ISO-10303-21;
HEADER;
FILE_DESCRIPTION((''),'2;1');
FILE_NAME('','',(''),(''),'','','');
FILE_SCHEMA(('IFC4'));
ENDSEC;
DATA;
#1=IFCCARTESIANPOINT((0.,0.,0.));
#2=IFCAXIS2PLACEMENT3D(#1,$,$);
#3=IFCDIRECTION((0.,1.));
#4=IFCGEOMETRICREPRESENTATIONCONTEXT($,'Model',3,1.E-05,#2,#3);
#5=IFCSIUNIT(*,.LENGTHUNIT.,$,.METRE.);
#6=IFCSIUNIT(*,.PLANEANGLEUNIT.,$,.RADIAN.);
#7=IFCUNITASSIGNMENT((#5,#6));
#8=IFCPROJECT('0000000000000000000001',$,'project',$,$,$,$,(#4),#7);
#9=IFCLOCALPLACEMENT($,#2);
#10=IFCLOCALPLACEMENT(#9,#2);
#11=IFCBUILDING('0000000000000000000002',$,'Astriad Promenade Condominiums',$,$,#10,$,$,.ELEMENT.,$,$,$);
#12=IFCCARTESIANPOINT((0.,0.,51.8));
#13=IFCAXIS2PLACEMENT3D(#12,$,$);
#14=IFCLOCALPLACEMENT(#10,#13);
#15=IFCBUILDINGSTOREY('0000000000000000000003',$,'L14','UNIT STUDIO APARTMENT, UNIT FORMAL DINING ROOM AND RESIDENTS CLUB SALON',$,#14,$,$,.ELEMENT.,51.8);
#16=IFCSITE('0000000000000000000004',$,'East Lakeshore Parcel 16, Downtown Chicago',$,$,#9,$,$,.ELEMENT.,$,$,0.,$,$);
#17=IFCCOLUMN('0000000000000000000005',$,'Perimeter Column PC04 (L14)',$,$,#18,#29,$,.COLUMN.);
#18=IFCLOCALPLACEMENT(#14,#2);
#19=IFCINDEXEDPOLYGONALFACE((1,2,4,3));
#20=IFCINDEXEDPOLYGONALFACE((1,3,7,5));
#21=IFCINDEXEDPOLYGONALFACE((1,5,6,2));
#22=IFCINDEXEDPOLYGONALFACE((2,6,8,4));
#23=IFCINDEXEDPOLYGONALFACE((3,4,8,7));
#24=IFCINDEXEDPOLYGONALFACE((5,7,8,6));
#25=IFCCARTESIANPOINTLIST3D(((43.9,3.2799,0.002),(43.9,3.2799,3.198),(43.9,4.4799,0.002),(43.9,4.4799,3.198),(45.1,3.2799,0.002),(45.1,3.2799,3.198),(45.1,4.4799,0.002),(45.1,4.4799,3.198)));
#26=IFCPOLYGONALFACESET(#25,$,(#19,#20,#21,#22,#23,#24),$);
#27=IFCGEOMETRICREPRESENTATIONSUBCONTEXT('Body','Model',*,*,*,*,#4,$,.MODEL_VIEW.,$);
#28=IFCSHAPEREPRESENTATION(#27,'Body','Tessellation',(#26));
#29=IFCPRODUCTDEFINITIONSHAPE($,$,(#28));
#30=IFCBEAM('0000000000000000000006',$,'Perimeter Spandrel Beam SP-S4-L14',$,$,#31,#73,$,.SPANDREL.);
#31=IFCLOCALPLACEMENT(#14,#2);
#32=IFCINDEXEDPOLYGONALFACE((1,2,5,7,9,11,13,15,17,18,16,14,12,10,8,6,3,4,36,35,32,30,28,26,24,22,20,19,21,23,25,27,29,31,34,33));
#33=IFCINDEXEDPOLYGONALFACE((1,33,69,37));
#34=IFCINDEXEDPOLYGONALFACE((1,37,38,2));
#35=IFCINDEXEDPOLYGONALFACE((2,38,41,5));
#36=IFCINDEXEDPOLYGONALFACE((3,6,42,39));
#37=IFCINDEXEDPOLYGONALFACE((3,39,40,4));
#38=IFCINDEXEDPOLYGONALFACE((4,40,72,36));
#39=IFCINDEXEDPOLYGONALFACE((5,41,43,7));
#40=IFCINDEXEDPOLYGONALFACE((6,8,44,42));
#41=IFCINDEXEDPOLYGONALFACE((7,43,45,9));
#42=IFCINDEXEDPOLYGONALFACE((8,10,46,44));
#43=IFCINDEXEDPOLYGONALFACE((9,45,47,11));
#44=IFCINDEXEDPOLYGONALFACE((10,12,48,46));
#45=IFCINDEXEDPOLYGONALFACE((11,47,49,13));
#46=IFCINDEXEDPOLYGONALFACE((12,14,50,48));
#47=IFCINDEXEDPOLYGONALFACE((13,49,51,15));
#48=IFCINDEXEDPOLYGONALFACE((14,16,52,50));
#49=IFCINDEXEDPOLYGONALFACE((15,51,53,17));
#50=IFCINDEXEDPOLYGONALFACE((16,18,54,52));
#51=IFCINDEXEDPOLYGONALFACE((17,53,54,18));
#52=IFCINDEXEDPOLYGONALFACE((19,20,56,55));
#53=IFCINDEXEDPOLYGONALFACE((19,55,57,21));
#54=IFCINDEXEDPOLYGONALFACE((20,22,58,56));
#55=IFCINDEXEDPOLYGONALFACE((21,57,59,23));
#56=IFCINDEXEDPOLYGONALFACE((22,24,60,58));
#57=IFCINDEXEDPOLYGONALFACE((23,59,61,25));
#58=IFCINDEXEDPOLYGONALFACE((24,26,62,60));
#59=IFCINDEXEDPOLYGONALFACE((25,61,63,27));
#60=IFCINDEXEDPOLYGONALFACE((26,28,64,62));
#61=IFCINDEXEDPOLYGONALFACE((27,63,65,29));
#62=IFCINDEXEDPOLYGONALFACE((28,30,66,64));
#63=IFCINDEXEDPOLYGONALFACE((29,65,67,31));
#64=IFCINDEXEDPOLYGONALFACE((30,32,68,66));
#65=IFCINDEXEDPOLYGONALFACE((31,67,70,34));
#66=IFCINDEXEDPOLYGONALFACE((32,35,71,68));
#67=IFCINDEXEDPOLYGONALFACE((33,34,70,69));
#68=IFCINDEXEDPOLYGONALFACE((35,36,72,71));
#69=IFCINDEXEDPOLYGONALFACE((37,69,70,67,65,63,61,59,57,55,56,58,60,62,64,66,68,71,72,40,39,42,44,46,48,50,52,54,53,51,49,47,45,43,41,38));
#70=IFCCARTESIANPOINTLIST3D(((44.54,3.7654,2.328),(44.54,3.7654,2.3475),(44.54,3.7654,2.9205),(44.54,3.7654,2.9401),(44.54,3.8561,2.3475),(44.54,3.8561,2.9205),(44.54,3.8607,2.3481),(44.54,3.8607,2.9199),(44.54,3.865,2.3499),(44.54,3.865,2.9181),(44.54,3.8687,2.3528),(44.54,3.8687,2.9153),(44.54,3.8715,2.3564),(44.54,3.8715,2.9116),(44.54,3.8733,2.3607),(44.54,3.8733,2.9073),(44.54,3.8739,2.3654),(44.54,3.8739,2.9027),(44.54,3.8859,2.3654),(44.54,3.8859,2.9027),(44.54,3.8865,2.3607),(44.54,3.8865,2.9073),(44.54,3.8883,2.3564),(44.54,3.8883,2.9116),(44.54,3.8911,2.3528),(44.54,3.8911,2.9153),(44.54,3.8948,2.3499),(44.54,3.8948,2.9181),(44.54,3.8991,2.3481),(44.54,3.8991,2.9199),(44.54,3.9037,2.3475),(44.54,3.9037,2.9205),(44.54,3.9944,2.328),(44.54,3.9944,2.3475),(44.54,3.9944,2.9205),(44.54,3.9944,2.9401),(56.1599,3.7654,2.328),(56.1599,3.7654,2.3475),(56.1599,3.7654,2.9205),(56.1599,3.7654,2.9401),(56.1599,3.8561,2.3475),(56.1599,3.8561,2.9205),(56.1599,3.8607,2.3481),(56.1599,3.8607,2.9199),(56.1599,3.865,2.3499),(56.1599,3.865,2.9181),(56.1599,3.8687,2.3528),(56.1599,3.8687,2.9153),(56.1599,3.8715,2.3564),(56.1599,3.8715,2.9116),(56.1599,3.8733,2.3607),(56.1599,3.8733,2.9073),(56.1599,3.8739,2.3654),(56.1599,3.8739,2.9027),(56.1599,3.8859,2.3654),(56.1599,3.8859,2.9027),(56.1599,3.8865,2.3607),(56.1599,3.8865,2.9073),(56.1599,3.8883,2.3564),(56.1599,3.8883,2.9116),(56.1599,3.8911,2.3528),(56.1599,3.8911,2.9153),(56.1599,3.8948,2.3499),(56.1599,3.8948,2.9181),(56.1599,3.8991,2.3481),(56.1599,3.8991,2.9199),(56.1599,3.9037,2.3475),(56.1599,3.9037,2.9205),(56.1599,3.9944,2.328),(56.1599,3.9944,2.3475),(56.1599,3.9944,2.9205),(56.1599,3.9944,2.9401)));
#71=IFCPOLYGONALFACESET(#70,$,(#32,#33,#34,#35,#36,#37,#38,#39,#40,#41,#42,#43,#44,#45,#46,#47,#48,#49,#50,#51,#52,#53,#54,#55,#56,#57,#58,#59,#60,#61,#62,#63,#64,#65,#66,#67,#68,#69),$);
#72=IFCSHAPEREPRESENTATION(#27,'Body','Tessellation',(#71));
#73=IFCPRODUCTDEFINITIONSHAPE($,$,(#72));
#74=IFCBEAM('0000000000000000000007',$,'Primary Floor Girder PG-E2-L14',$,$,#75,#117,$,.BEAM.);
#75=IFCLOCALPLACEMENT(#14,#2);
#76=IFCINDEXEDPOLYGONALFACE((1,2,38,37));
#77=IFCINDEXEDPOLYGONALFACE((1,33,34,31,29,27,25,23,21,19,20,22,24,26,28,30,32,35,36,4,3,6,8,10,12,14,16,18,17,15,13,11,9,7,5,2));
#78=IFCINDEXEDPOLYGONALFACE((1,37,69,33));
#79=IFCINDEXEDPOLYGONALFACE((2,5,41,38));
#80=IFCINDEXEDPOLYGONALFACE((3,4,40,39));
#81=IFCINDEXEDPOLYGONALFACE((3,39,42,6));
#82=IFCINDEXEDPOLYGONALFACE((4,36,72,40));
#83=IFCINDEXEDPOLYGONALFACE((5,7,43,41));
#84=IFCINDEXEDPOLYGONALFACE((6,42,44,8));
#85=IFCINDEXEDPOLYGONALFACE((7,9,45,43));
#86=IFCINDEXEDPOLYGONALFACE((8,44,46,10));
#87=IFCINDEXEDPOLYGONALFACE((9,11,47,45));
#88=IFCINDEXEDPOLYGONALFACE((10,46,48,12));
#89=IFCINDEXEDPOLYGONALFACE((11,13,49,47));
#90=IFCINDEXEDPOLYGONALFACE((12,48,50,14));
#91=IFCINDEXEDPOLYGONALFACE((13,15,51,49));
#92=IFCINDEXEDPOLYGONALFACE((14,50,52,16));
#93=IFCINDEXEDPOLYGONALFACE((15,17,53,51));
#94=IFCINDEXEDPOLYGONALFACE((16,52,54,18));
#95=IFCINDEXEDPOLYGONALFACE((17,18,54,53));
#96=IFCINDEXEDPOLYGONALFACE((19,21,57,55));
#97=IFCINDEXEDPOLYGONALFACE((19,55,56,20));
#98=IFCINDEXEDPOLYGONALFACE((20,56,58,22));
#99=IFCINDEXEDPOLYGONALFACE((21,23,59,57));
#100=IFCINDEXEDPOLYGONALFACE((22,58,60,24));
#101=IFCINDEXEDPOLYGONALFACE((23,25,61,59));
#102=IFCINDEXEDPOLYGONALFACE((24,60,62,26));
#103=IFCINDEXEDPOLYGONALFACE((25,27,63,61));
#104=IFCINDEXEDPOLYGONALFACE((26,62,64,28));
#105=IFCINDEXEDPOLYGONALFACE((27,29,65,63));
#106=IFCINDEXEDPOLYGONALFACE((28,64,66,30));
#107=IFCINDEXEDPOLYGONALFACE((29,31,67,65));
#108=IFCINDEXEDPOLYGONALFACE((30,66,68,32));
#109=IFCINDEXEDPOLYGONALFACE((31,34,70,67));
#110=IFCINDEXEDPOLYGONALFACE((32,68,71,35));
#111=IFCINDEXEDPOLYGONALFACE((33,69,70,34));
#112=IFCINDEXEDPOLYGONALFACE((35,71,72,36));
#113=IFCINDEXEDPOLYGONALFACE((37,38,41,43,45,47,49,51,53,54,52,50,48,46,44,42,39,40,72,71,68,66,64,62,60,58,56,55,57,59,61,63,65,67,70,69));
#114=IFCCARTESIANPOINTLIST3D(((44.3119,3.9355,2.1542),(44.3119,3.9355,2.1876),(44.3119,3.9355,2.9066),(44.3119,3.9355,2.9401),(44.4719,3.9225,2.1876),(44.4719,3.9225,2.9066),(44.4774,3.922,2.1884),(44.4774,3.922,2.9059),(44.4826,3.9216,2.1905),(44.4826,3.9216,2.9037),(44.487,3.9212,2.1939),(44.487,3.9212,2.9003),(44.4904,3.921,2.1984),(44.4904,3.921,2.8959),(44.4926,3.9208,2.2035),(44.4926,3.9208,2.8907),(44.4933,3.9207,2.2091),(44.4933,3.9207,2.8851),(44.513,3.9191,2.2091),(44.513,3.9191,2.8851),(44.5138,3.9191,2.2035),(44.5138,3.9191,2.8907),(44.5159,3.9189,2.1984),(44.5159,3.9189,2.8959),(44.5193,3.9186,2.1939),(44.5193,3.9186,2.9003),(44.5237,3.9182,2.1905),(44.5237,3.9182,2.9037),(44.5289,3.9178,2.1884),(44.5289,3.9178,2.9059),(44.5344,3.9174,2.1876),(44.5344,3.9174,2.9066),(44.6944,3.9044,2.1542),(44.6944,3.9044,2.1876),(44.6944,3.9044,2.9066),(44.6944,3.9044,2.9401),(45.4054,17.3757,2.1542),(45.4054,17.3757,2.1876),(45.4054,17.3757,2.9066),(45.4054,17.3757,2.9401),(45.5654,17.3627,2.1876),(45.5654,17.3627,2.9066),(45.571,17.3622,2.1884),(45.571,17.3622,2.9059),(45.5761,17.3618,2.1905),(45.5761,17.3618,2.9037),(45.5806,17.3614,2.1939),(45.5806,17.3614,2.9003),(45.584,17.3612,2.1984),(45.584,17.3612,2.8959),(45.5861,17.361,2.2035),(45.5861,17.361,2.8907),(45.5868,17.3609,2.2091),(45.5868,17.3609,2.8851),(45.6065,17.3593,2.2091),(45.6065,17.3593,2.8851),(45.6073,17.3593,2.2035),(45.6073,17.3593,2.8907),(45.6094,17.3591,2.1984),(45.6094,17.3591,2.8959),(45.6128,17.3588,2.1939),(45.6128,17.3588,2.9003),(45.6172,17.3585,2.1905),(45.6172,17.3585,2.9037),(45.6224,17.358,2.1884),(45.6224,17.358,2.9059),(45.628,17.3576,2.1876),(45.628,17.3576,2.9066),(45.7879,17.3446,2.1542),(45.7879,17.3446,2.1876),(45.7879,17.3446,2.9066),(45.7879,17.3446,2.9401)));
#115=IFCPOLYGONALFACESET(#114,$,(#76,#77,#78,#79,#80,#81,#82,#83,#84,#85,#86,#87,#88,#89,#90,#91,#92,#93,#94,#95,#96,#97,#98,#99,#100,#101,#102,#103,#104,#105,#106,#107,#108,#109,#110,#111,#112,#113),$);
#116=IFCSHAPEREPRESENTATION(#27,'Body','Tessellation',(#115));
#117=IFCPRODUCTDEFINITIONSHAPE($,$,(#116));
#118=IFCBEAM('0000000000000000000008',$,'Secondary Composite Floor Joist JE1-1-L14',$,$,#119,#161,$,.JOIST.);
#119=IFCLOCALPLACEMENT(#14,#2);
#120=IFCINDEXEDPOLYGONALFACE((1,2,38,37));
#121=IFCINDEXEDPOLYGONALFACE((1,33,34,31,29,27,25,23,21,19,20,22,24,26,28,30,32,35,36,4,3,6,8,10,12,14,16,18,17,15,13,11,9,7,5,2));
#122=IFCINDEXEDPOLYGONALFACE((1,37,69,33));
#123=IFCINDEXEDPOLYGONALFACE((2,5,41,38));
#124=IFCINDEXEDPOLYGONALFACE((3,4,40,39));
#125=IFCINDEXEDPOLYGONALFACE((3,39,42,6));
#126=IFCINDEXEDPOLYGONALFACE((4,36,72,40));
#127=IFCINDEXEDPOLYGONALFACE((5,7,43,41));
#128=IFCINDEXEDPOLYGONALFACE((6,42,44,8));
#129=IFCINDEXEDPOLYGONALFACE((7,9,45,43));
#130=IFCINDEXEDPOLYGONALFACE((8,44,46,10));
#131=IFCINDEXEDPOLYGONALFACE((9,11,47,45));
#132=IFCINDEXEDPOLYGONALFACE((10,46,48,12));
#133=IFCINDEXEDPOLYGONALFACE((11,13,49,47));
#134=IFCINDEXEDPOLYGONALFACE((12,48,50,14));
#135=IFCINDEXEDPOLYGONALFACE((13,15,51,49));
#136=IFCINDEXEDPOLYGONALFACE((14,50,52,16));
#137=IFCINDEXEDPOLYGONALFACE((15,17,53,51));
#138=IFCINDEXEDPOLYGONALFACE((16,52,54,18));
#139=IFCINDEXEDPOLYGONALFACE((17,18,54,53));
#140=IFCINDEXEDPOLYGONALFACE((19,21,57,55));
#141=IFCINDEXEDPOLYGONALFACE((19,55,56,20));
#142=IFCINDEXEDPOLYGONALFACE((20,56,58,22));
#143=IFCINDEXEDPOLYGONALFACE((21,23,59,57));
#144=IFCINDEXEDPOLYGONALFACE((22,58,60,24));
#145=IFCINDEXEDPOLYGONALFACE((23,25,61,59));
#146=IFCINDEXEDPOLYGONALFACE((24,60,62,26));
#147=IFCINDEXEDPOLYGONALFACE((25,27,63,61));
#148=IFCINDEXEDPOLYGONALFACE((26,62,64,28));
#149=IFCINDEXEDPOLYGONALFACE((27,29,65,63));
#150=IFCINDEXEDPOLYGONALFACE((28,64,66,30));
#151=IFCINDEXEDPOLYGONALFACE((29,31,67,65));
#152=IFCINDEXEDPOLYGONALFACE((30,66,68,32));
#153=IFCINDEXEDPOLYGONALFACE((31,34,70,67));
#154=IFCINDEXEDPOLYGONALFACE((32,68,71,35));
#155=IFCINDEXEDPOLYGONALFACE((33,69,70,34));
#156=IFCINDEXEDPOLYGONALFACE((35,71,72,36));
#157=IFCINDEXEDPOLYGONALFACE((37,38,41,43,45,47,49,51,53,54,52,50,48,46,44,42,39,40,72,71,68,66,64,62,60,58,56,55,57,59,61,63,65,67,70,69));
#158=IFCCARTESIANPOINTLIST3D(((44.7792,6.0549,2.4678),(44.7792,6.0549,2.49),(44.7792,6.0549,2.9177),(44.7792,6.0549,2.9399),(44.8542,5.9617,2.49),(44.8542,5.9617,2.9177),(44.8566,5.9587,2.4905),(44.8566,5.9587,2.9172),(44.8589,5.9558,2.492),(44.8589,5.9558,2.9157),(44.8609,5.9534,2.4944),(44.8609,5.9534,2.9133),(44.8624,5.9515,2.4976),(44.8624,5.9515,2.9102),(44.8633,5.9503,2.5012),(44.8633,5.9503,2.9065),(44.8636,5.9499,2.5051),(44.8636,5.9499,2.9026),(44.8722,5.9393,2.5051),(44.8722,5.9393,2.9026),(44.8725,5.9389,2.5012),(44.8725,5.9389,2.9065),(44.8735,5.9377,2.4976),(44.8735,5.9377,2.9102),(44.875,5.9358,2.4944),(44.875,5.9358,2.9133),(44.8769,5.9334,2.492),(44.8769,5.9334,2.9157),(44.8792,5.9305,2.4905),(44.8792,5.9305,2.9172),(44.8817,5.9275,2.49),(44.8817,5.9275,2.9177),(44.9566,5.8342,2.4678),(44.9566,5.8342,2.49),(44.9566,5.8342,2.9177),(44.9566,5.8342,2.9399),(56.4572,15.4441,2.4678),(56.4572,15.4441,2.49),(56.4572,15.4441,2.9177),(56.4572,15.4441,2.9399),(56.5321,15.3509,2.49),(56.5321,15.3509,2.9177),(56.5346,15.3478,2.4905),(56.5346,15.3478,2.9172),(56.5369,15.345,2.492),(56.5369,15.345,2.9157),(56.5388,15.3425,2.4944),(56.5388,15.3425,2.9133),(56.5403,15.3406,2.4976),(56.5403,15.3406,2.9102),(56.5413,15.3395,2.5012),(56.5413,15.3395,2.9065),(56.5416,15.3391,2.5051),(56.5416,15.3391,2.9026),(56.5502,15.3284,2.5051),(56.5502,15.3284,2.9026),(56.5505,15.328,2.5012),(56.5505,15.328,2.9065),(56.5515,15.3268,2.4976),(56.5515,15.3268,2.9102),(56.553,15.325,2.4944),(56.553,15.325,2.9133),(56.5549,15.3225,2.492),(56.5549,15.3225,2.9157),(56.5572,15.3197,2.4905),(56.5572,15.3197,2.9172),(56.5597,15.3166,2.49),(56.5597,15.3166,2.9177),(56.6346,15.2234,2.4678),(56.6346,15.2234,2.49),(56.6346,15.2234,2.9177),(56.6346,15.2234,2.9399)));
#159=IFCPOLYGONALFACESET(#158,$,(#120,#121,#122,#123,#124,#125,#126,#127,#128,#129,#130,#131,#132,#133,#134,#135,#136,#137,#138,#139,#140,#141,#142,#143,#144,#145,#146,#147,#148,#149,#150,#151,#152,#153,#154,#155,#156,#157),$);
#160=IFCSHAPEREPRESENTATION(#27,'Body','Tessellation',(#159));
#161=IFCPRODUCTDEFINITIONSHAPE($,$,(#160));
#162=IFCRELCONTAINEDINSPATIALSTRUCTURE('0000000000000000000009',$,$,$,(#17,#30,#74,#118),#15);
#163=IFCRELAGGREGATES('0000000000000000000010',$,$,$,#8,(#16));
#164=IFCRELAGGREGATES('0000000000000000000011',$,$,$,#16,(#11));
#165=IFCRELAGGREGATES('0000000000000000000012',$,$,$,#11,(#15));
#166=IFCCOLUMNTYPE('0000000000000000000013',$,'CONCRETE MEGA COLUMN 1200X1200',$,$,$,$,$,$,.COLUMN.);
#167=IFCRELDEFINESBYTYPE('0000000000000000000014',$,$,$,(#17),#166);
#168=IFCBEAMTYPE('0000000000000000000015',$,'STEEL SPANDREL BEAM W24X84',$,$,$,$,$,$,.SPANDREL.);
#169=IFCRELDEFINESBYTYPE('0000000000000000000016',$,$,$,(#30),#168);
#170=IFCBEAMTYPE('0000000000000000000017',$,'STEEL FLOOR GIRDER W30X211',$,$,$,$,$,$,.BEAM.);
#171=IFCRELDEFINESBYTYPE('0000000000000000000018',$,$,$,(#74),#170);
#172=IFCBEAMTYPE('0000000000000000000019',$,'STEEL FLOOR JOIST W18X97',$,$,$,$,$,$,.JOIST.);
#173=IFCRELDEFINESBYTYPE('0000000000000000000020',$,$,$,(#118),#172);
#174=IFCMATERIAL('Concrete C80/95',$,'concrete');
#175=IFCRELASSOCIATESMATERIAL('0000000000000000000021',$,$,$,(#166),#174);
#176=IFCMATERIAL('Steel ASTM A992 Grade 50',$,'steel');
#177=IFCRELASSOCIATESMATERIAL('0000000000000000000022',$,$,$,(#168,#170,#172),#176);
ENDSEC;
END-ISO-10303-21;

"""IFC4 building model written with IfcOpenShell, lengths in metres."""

from ifc_helpers import new_model, si_unit, direction, frame, origin, origin_2d, place, context, subcontext, project, spatial, rectangle, i_section, extrude, source, transform, mapped, material, material_profile, profile_set, type_object, type_shapes, element, save


model = new_model("IFC4")

# Units and contexts
model_context = context("Model", 3, precision=1e-05, world=origin(), true_north=direction((0.0, 1.0)))
body_context = subcontext(model_context, "Body", "Model", "MODEL_VIEW")
ifc_project = project(units=[si_unit("LENGTHUNIT", "METRE"), si_unit("PLANEANGLEUNIT", "RADIAN")], contexts=[model_context])

# Site, building, storey
site_placement = place(None, origin())
site = spatial("IfcSite", under=ifc_project, at=site_placement, Name="East Lakeshore Parcel 16, Downtown Chicago", CompositionType="ELEMENT", RefElevation=0.0)
building_placement = place(site_placement, origin())
building = spatial("IfcBuilding", under=site, at=building_placement, Name="Astriad Promenade Condominiums", CompositionType="ELEMENT")
storey_placement = place(building_placement, frame((0.0, 0.0, 51.8)))
storey = spatial("IfcBuildingStorey", under=building, at=storey_placement, Name="L14", Description="UNIT STUDIO APARTMENT, UNIT FORMAL DINING ROOM AND RESIDENTS CLUB SALON", CompositionType="ELEMENT", Elevation=51.8)

# Column
ifc_material_1 = material(Name="Concrete C80/95", Category="concrete")
ifc_material_profile_1 = material_profile(ifc_material_1, rectangle(XDim=1.2, YDim=1.2, at=origin_2d()), Name="RC-COL-1200X1200")
ifc_profile_set_1 = profile_set([ifc_material_profile_1], Name="Concrete C80/95")
column_type = type_object("IfcColumnType", Name="CONCRETE MEGA COLUMN 1200X1200", PredefinedType="COLUMN", material=ifc_profile_set_1)
shared_shape_1 = source(origin(), body_context, "Body", "SweptSolid", [
    extrude(rectangle(XDim=1.2, YDim=1.2, at=origin_2d()), origin(), (0.0, 0.0, 1.0), 3.196),
])
type_shapes(column_type, [shared_shape_1])
column_placement = place(storey_placement, frame((44.5, 3.8799, 0.002), z_axis=(0.0, 0.0, 1.0), x_axis=(1.0, 0.0, 0.0)))
element("IfcColumn", 1, at=column_placement, inside=storey, type_object=column_type, Name="Perimeter Column PC04 (L14)", PredefinedType="COLUMN", context=body_context, shape_type="MappedRepresentation", body=[
    mapped(shared_shape_1, transform((0.0, 0.0, 0.0), scale=1.0)),
])

# Beams
ifc_material_2 = material(Name="Steel ASTM A992 Grade 50", Category="steel")
ifc_material_profile_2 = material_profile(ifc_material_2, i_section(OverallWidth=0.229, OverallDepth=0.6121, WebThickness=0.012, FlangeThickness=0.0195, FilletRadius=0.0178, at=origin_2d()), Name="W24X84")
ifc_profile_set_2 = profile_set([ifc_material_profile_2], Name="Steel ASTM A992 Grade 50")
beam_type_1 = type_object("IfcBeamType", Name="STEEL SPANDREL BEAM W24X84", PredefinedType="SPANDREL", material=ifc_profile_set_2)
shared_shape_2 = source(origin(), body_context, "Body", "SweptSolid", [
    extrude(i_section(OverallWidth=0.229, OverallDepth=0.6121, WebThickness=0.012, FlangeThickness=0.0195, FilletRadius=0.0178, at=origin_2d()), origin(), (0.0, 0.0, 1.0), 11.6199),
])
type_shapes(beam_type_1, [shared_shape_2])
beam_1_placement = place(storey_placement, frame((44.54, 3.8799, 2.634), z_axis=(1.0, 0.0, 0.0), x_axis=(0.0, 1.0, 0.0)))
element("IfcBeam", 2, at=beam_1_placement, inside=storey, type_object=beam_type_1, Name="Perimeter Spandrel Beam SP-S4-L14", PredefinedType="SPANDREL", context=body_context, shape_type="MappedRepresentation", body=[
    mapped(shared_shape_2, transform((0.0, 0.0, 0.0), scale=1.0)),
])
ifc_material_profile_3 = material_profile(ifc_material_2, i_section(OverallWidth=0.3838, OverallDepth=0.7859, WebThickness=0.0198, FlangeThickness=0.0334, FilletRadius=0.0215, at=origin_2d()), Name="W30X211")
ifc_profile_set_3 = profile_set([ifc_material_profile_3], Name="Steel ASTM A992 Grade 50")
beam_type_2 = type_object("IfcBeamType", Name="STEEL FLOOR GIRDER W30X211", PredefinedType="BEAM", material=ifc_profile_set_3)
shared_shape_3 = source(origin(), body_context, "Body", "SweptSolid", [
    extrude(i_section(OverallWidth=0.3838, OverallDepth=0.7859, WebThickness=0.0198, FlangeThickness=0.0334, FilletRadius=0.0215, at=origin_2d()), origin(), (0.0, 0.0, 1.0), 13.4846),
])
type_shapes(beam_type_2, [shared_shape_3])
beam_2_placement = place(storey_placement, frame((44.5032, 3.9199, 2.5471), z_axis=(0.081093, 0.996707, 0.0), x_axis=(-0.996707, 0.081093, 0.0)))
element("IfcBeam", 3, at=beam_2_placement, inside=storey, type_object=beam_type_2, Name="Primary Floor Girder PG-E2-L14", PredefinedType="BEAM", context=body_context, shape_type="MappedRepresentation", body=[
    mapped(shared_shape_3, transform((0.0, 0.0, 0.0), scale=1.0)),
])
ifc_material_profile_4 = material_profile(ifc_material_2, i_section(OverallWidth=0.2832, OverallDepth=0.4722, WebThickness=0.0137, FlangeThickness=0.0222, FilletRadius=0.0151, at=origin_2d()), Name="W18X97")
ifc_profile_set_4 = profile_set([ifc_material_profile_4], Name="Steel ASTM A992 Grade 50")
beam_type_3 = type_object("IfcBeamType", Name="STEEL FLOOR JOIST W18X97", PredefinedType="JOIST", material=ifc_profile_set_4)
shared_shape_4 = source(origin(), body_context, "Body", "SweptSolid", [
    extrude(i_section(OverallWidth=0.2832, OverallDepth=0.4722, WebThickness=0.0137, FlangeThickness=0.0222, FilletRadius=0.0151, at=origin_2d()), origin(), (0.0, 0.0, 1.0), 14.9844),
])
beam_3_placement = place(storey_placement, frame((44.8679, 5.9446, 2.7039), z_axis=(0.779344, 0.626597, 0.0), x_axis=(-0.626597, 0.779344, 0.0)))
element("IfcBeam", 4, at=beam_3_placement, inside=storey, type_object=beam_type_3, Name="Secondary Composite Floor Joist JE1-1-L14", PredefinedType="JOIST", context=body_context, shape_type="MappedRepresentation", body=[
    mapped(shared_shape_4, transform((0.0, 0.0, 0.0), scale=1.0)),
])

save(model, "model.ifc")
